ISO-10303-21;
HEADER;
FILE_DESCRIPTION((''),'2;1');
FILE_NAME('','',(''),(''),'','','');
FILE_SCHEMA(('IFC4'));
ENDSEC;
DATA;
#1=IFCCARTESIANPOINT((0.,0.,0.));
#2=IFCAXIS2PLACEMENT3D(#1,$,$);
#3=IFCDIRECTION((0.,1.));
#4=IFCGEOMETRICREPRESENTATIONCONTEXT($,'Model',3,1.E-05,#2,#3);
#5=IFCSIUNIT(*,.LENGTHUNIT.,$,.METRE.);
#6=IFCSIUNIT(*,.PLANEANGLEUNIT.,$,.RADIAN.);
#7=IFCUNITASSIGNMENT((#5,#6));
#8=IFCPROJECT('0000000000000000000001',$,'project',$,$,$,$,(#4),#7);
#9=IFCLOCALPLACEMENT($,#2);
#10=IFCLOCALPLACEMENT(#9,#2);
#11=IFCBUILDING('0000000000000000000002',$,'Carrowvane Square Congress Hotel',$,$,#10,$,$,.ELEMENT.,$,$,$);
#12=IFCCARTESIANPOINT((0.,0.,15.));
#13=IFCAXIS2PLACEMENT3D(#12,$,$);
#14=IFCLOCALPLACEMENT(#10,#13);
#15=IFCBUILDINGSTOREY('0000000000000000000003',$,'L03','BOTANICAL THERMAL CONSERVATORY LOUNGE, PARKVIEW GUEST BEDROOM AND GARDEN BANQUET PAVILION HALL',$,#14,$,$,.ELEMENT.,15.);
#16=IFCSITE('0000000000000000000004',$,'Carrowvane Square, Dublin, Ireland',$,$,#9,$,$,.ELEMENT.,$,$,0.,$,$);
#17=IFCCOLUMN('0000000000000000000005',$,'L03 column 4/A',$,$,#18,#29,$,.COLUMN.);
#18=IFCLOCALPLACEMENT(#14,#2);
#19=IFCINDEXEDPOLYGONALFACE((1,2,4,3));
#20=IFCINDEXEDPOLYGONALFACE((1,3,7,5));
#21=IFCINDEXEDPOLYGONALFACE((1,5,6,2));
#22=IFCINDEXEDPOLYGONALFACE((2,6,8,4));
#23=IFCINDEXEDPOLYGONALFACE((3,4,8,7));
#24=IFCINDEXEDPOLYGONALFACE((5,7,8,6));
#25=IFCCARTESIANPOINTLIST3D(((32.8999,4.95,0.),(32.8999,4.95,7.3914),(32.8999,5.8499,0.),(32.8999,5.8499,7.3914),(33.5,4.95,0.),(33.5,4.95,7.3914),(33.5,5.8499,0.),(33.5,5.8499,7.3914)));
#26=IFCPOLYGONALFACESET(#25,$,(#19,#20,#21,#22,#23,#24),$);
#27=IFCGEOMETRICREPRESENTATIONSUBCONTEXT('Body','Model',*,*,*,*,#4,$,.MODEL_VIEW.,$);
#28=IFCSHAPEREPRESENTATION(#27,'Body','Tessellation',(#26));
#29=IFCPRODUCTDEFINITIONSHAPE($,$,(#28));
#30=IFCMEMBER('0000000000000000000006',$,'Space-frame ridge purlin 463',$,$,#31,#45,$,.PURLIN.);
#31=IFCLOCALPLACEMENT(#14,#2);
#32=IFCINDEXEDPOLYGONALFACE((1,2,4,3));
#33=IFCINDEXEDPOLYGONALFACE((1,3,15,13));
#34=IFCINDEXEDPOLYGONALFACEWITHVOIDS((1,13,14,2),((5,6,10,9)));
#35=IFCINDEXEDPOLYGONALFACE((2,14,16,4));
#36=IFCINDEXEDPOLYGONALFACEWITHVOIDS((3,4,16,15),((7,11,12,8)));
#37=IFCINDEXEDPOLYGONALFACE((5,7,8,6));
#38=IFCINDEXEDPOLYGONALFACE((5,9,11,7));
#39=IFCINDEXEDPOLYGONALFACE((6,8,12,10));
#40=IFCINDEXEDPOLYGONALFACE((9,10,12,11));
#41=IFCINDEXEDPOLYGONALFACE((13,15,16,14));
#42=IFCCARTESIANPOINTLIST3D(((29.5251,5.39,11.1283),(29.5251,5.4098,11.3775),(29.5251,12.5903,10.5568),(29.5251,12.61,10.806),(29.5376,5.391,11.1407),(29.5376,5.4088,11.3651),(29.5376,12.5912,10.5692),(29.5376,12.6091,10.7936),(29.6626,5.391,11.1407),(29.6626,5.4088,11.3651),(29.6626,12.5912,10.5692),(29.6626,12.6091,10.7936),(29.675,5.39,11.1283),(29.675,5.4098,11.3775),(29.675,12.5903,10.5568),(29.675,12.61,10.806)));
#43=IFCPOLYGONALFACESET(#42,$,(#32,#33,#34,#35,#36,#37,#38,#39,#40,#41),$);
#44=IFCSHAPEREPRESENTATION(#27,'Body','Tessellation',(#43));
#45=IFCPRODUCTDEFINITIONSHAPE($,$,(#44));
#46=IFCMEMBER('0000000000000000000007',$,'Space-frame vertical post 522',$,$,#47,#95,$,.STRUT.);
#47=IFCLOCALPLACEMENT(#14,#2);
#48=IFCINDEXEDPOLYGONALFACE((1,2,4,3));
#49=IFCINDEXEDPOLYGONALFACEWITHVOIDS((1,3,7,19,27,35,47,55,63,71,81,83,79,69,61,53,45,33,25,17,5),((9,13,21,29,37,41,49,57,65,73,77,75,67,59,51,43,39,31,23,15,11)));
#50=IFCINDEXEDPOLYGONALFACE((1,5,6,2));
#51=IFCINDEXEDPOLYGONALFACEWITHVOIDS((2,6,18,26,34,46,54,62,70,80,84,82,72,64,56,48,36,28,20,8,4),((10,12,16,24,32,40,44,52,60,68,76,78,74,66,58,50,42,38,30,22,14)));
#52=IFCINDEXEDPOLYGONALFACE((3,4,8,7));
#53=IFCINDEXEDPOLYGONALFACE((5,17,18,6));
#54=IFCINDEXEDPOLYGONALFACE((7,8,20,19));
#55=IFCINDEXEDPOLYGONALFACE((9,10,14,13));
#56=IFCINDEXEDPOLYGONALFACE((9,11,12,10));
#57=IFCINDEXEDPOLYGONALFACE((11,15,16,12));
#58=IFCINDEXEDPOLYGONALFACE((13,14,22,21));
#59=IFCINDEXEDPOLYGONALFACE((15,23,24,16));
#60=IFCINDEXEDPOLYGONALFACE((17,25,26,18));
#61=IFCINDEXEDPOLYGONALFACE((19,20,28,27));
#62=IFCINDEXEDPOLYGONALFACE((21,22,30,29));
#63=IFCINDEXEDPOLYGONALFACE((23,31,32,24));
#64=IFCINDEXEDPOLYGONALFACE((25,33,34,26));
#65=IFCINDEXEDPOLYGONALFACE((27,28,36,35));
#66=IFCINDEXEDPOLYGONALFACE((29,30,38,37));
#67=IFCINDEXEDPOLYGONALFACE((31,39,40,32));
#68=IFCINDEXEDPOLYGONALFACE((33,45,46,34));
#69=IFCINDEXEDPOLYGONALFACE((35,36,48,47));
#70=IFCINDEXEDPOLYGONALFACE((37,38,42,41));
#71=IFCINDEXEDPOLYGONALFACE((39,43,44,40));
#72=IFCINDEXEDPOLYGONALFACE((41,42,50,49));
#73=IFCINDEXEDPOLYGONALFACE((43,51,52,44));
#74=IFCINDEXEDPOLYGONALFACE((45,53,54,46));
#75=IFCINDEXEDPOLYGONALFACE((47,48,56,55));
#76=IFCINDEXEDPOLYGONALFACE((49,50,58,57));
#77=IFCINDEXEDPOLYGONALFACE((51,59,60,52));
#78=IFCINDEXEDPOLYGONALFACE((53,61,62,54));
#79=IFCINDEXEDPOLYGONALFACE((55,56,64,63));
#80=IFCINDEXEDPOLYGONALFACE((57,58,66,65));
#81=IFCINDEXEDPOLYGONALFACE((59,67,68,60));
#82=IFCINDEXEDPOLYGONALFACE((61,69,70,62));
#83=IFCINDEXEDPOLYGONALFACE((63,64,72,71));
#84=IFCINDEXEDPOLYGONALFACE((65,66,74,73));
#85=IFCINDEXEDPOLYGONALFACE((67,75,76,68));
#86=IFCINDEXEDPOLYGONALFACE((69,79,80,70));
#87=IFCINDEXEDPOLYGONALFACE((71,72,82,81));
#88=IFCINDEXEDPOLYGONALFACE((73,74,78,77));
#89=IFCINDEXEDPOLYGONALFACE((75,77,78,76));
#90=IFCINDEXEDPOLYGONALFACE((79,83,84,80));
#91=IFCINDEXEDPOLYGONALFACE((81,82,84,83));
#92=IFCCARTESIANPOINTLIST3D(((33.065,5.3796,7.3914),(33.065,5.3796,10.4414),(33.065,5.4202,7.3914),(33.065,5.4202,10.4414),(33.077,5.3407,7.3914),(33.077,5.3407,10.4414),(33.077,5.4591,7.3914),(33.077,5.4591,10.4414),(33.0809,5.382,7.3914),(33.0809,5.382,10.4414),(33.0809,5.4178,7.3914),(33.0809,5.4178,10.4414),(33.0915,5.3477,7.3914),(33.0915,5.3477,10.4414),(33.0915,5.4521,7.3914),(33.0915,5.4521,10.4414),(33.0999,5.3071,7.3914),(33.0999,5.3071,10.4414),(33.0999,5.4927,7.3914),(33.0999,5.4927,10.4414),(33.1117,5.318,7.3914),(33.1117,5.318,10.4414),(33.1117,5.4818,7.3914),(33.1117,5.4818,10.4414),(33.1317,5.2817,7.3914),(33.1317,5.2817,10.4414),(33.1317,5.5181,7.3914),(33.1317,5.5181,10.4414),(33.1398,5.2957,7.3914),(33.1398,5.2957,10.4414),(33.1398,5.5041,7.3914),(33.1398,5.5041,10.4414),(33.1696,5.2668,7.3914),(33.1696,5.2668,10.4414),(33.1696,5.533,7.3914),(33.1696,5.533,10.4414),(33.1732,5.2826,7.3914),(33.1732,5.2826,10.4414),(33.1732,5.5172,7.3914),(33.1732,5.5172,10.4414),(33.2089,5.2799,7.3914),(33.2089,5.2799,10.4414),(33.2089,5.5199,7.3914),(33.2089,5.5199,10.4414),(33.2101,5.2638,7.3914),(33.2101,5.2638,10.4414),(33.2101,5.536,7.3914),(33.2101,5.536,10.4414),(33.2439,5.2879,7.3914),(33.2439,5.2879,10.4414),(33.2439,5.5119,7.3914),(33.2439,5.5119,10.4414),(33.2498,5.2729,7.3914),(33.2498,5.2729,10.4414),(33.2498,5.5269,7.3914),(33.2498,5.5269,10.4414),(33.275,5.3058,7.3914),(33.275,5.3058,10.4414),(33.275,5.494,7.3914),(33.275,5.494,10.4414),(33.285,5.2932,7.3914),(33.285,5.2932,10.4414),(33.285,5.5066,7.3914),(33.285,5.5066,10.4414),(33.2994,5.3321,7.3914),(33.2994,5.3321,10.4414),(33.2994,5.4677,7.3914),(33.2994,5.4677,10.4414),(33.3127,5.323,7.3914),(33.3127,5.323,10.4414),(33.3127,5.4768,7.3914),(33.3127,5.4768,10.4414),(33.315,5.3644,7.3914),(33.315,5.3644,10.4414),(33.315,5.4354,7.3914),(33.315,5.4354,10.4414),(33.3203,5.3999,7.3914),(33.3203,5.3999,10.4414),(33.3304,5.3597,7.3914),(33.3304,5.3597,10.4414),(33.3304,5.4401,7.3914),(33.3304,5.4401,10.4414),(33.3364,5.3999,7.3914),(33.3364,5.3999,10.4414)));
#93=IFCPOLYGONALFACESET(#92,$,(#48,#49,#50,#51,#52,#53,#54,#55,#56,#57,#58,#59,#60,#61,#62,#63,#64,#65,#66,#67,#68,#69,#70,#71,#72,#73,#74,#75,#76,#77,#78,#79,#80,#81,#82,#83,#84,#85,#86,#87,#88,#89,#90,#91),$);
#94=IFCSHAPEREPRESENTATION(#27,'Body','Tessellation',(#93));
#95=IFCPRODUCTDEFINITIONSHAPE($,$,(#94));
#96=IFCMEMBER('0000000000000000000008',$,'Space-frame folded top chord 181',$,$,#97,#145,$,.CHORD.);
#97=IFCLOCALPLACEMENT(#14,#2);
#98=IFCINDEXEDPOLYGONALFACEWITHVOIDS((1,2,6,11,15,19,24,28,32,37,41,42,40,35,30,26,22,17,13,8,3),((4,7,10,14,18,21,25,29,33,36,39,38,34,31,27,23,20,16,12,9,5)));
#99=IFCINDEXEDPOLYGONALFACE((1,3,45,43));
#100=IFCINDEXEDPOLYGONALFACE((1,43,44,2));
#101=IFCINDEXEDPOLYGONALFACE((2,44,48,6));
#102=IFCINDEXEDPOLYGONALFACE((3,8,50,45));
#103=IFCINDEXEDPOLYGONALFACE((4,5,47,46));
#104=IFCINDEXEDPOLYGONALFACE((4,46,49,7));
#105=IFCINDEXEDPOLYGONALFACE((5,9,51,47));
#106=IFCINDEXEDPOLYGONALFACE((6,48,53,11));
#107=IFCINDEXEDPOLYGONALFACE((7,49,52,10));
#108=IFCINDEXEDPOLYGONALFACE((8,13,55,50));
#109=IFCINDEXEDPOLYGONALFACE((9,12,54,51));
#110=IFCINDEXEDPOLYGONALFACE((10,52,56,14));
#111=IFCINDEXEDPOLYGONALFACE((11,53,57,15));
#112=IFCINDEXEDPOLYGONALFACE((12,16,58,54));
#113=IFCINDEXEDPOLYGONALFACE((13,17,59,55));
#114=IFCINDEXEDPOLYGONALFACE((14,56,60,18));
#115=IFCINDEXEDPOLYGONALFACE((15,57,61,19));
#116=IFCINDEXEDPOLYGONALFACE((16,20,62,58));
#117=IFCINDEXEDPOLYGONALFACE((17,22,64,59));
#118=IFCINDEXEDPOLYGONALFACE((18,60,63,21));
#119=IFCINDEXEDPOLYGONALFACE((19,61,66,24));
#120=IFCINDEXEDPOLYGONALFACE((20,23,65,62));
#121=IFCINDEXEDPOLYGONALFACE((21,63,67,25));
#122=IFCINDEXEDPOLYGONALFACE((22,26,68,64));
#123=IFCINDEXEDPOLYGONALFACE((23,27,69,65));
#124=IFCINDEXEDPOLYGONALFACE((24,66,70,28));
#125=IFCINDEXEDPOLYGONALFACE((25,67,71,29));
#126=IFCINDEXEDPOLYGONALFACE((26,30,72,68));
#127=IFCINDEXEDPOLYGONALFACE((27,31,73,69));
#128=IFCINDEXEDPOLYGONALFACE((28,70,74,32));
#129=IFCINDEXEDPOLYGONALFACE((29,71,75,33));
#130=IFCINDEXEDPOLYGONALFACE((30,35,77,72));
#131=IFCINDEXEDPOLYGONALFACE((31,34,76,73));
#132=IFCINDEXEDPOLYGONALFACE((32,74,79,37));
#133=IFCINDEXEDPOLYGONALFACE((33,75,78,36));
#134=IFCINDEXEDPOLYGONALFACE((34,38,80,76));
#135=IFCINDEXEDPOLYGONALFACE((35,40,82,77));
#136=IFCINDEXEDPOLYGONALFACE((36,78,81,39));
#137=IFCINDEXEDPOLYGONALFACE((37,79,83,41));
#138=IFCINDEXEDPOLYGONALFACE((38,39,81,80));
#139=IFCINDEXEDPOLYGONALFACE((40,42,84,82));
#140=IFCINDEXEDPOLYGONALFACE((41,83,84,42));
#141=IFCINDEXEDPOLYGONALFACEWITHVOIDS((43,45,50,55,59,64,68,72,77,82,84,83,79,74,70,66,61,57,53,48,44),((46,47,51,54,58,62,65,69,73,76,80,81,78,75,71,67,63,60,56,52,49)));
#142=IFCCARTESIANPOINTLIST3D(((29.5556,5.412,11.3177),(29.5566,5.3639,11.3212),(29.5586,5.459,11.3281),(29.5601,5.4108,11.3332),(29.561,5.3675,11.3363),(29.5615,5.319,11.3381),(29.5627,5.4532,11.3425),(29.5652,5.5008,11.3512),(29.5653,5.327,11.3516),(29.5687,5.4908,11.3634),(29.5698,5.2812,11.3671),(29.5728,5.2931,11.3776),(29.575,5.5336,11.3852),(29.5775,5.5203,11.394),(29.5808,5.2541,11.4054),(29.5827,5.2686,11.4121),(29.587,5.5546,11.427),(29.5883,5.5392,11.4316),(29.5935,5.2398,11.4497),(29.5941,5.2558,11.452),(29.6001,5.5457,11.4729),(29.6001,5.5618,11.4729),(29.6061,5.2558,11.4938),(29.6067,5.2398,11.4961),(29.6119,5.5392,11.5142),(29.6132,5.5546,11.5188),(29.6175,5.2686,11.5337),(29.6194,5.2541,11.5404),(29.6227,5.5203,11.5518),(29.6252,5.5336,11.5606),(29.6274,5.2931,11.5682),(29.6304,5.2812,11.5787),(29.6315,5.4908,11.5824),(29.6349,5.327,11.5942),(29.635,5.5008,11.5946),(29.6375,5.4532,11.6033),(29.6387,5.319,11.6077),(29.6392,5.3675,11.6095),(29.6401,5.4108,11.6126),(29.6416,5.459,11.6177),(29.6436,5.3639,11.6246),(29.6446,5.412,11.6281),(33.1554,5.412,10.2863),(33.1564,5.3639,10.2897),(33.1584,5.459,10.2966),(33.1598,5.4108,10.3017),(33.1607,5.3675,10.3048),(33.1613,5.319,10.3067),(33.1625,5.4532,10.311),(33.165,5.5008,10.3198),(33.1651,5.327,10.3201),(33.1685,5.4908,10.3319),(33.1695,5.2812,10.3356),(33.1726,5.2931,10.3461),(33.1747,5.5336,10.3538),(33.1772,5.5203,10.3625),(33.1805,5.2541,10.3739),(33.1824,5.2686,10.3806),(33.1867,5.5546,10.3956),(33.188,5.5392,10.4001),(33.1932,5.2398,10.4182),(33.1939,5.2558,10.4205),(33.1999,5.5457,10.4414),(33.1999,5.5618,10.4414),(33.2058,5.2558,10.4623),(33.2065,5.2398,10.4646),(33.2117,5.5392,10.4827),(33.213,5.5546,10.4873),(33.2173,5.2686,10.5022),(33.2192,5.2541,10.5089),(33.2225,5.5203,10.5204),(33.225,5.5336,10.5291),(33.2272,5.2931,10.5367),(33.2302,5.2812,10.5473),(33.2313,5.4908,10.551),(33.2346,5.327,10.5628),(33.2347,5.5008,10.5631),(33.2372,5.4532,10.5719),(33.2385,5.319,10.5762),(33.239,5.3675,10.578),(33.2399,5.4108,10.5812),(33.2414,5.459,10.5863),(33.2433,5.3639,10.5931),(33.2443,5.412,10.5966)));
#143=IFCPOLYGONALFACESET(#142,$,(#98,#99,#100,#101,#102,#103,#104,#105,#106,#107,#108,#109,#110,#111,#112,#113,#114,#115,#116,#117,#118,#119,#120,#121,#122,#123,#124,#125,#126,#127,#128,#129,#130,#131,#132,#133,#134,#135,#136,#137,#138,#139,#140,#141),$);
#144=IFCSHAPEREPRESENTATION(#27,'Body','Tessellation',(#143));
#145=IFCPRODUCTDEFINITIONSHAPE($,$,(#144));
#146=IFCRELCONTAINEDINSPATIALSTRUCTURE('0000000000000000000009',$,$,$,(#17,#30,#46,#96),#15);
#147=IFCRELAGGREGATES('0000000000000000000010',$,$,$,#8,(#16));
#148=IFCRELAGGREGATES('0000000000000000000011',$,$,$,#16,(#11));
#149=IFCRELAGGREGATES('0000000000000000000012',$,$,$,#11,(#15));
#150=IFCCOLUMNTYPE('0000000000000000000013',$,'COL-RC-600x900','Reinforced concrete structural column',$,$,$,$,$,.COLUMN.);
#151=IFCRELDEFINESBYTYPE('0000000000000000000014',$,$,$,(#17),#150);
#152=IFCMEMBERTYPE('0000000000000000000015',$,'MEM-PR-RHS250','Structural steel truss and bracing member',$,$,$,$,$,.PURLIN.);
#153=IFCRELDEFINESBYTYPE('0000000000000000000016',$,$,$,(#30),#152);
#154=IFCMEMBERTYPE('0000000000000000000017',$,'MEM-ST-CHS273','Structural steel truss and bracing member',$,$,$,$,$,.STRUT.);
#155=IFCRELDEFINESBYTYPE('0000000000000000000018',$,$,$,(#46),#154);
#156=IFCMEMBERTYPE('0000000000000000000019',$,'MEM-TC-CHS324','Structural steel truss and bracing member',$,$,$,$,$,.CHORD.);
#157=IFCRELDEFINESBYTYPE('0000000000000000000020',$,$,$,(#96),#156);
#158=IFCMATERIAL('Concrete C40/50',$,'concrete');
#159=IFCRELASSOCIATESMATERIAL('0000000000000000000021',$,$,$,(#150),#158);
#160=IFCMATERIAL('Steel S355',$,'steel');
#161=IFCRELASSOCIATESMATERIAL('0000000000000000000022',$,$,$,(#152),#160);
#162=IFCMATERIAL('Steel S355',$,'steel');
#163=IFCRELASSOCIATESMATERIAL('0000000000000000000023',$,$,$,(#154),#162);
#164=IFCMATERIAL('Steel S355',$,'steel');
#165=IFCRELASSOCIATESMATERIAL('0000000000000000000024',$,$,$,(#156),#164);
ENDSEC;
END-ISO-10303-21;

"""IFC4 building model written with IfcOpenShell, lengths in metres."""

from ifc_helpers import new_model, si_unit, direction, frame, origin, origin_2d, place, context, subcontext, project, spatial, rectangle, hollow_rectangle, hollow_circle, extrude, material, material_profile, profile_set, type_object, element, save


model = new_model("IFC4")

# Units and contexts
model_context = context("Model", 3, precision=1e-05, world=origin(), true_north=direction((0.0, 1.0)))
body_context = subcontext(model_context, "Body", "Model", "MODEL_VIEW")
ifc_project = project(units=[si_unit("LENGTHUNIT", "METRE"), si_unit("PLANEANGLEUNIT", "RADIAN")], contexts=[model_context])

# Site, building, storey
site_placement = place(None, origin())
site = spatial("IfcSite", under=ifc_project, at=site_placement, Name="Carrowvane Square, Dublin, Ireland", CompositionType="ELEMENT", RefElevation=0.0)
building_placement = place(site_placement, origin())
building = spatial("IfcBuilding", under=site, at=building_placement, Name="Carrowvane Square Congress Hotel", CompositionType="ELEMENT")
storey_placement = place(building_placement, frame((0.0, 0.0, 15.0)))
storey = spatial("IfcBuildingStorey", under=building, at=storey_placement, Name="L03", Description="BOTANICAL THERMAL CONSERVATORY LOUNGE, PARKVIEW GUEST BEDROOM AND GARDEN BANQUET PAVILION HALL", CompositionType="ELEMENT", Elevation=15.0)

# Column
ifc_material_1 = material(Name="Concrete C40/50", Category="concrete")
ifc_material_profile_1 = material_profile(ifc_material_1, rectangle(XDim=0.6001, YDim=0.8999, at=origin_2d()), Name="RC 600x900")
ifc_profile_set_1 = profile_set([ifc_material_profile_1], Name="Concrete C40/50")
column_type = type_object("IfcColumnType", Name="COL-RC-600x900", Description="Reinforced concrete structural column", PredefinedType="COLUMN", material=ifc_profile_set_1)
column_placement = place(storey_placement, frame((33.2, 5.3999, 0.0), z_axis=(0.0, 0.0, 1.0), x_axis=(1.0, 0.0, 0.0)))
element("IfcColumn", 1, at=column_placement, inside=storey, type_object=column_type, Name="L03 column 4/A", PredefinedType="COLUMN", context=body_context, shape_type="SweptSolid", body=[
    extrude(rectangle(XDim=0.6001, YDim=0.8999, at=origin_2d()), origin(), (0.0, 0.0, 1.0), 7.3914),
])

# Members
ifc_material_2 = material(Name="Steel S355", Category="steel")
ifc_material_profile_2 = material_profile(ifc_material_2, hollow_rectangle(XDim=0.1499, YDim=0.25, WallThickness=0.0125, at=origin_2d()), Name="RHS 250x150x12.5")
ifc_profile_set_2 = profile_set([ifc_material_profile_2], Name="Steel S355")
member_type_1 = type_object("IfcMemberType", Name="MEM-PR-RHS250", Description="Structural steel truss and bracing member", PredefinedType="PURLIN", material=ifc_profile_set_2)
member_1_placement = place(storey_placement, frame((29.6001, 5.3999, 11.2529), z_axis=(0.0, 0.996864, -0.079129), x_axis=(-1.0, 0.0, 0.0)))
element("IfcMember", 2, at=member_1_placement, inside=storey, type_object=member_type_1, Name="Space-frame ridge purlin 463", PredefinedType="PURLIN", context=body_context, shape_type="SweptSolid", body=[
    extrude(hollow_rectangle(XDim=0.1499, YDim=0.25, WallThickness=0.0125, at=origin_2d()), origin(), (0.0, 0.0, 1.0), 7.2229),
])
ifc_material_3 = material(Name="Steel S355", Category="steel")
ifc_material_profile_3 = material_profile(ifc_material_3, hollow_circle(Radius=0.1365, WallThickness=0.0161, at=origin_2d()), Name="CHS 273.0x16")
ifc_profile_set_3 = profile_set([ifc_material_profile_3], Name="Steel S355")
member_type_2 = type_object("IfcMemberType", Name="MEM-ST-CHS273", Description="Structural steel truss and bracing member", PredefinedType="STRUT", material=ifc_profile_set_3)
member_2_placement = place(storey_placement, frame((33.2, 5.3999, 7.3914), z_axis=(0.0, 0.0, 1.0), x_axis=(1.0, 0.0, 0.0)))
element("IfcMember", 3, at=member_2_placement, inside=storey, type_object=member_type_2, Name="Space-frame vertical post 522", PredefinedType="STRUT", context=body_context, shape_type="SweptSolid", body=[
    extrude(hollow_circle(Radius=0.1365, WallThickness=0.0161, at=origin_2d()), origin(), (0.0, 0.0, 1.0), 3.05),
])
ifc_material_4 = material(Name="Steel S355", Category="steel")
ifc_material_profile_4 = material_profile(ifc_material_4, hollow_circle(Radius=0.1619, WallThickness=0.0161, at=origin_2d()), Name="CHS 323.9x16")
ifc_profile_set_4 = profile_set([ifc_material_profile_4], Name="Steel S355")
member_type_3 = type_object("IfcMemberType", Name="MEM-TC-CHS324", Description="Structural steel truss and bracing member", PredefinedType="CHORD", material=ifc_profile_set_4)
member_3_placement = place(storey_placement, frame((29.6001, 5.3999, 11.4729), z_axis=(0.961315, 0.0, -0.275453), x_axis=(0.0, 1.0, 0.0)))
element("IfcMember", 4, at=member_3_placement, inside=storey, type_object=member_type_3, Name="Space-frame folded top chord 181", PredefinedType="CHORD", context=body_context, shape_type="SweptSolid", body=[
    extrude(hollow_circle(Radius=0.1619, WallThickness=0.0161, at=origin_2d()), origin(), (0.0, 0.0, 1.0), 3.7446),
])

save(model, "model.ifc")
